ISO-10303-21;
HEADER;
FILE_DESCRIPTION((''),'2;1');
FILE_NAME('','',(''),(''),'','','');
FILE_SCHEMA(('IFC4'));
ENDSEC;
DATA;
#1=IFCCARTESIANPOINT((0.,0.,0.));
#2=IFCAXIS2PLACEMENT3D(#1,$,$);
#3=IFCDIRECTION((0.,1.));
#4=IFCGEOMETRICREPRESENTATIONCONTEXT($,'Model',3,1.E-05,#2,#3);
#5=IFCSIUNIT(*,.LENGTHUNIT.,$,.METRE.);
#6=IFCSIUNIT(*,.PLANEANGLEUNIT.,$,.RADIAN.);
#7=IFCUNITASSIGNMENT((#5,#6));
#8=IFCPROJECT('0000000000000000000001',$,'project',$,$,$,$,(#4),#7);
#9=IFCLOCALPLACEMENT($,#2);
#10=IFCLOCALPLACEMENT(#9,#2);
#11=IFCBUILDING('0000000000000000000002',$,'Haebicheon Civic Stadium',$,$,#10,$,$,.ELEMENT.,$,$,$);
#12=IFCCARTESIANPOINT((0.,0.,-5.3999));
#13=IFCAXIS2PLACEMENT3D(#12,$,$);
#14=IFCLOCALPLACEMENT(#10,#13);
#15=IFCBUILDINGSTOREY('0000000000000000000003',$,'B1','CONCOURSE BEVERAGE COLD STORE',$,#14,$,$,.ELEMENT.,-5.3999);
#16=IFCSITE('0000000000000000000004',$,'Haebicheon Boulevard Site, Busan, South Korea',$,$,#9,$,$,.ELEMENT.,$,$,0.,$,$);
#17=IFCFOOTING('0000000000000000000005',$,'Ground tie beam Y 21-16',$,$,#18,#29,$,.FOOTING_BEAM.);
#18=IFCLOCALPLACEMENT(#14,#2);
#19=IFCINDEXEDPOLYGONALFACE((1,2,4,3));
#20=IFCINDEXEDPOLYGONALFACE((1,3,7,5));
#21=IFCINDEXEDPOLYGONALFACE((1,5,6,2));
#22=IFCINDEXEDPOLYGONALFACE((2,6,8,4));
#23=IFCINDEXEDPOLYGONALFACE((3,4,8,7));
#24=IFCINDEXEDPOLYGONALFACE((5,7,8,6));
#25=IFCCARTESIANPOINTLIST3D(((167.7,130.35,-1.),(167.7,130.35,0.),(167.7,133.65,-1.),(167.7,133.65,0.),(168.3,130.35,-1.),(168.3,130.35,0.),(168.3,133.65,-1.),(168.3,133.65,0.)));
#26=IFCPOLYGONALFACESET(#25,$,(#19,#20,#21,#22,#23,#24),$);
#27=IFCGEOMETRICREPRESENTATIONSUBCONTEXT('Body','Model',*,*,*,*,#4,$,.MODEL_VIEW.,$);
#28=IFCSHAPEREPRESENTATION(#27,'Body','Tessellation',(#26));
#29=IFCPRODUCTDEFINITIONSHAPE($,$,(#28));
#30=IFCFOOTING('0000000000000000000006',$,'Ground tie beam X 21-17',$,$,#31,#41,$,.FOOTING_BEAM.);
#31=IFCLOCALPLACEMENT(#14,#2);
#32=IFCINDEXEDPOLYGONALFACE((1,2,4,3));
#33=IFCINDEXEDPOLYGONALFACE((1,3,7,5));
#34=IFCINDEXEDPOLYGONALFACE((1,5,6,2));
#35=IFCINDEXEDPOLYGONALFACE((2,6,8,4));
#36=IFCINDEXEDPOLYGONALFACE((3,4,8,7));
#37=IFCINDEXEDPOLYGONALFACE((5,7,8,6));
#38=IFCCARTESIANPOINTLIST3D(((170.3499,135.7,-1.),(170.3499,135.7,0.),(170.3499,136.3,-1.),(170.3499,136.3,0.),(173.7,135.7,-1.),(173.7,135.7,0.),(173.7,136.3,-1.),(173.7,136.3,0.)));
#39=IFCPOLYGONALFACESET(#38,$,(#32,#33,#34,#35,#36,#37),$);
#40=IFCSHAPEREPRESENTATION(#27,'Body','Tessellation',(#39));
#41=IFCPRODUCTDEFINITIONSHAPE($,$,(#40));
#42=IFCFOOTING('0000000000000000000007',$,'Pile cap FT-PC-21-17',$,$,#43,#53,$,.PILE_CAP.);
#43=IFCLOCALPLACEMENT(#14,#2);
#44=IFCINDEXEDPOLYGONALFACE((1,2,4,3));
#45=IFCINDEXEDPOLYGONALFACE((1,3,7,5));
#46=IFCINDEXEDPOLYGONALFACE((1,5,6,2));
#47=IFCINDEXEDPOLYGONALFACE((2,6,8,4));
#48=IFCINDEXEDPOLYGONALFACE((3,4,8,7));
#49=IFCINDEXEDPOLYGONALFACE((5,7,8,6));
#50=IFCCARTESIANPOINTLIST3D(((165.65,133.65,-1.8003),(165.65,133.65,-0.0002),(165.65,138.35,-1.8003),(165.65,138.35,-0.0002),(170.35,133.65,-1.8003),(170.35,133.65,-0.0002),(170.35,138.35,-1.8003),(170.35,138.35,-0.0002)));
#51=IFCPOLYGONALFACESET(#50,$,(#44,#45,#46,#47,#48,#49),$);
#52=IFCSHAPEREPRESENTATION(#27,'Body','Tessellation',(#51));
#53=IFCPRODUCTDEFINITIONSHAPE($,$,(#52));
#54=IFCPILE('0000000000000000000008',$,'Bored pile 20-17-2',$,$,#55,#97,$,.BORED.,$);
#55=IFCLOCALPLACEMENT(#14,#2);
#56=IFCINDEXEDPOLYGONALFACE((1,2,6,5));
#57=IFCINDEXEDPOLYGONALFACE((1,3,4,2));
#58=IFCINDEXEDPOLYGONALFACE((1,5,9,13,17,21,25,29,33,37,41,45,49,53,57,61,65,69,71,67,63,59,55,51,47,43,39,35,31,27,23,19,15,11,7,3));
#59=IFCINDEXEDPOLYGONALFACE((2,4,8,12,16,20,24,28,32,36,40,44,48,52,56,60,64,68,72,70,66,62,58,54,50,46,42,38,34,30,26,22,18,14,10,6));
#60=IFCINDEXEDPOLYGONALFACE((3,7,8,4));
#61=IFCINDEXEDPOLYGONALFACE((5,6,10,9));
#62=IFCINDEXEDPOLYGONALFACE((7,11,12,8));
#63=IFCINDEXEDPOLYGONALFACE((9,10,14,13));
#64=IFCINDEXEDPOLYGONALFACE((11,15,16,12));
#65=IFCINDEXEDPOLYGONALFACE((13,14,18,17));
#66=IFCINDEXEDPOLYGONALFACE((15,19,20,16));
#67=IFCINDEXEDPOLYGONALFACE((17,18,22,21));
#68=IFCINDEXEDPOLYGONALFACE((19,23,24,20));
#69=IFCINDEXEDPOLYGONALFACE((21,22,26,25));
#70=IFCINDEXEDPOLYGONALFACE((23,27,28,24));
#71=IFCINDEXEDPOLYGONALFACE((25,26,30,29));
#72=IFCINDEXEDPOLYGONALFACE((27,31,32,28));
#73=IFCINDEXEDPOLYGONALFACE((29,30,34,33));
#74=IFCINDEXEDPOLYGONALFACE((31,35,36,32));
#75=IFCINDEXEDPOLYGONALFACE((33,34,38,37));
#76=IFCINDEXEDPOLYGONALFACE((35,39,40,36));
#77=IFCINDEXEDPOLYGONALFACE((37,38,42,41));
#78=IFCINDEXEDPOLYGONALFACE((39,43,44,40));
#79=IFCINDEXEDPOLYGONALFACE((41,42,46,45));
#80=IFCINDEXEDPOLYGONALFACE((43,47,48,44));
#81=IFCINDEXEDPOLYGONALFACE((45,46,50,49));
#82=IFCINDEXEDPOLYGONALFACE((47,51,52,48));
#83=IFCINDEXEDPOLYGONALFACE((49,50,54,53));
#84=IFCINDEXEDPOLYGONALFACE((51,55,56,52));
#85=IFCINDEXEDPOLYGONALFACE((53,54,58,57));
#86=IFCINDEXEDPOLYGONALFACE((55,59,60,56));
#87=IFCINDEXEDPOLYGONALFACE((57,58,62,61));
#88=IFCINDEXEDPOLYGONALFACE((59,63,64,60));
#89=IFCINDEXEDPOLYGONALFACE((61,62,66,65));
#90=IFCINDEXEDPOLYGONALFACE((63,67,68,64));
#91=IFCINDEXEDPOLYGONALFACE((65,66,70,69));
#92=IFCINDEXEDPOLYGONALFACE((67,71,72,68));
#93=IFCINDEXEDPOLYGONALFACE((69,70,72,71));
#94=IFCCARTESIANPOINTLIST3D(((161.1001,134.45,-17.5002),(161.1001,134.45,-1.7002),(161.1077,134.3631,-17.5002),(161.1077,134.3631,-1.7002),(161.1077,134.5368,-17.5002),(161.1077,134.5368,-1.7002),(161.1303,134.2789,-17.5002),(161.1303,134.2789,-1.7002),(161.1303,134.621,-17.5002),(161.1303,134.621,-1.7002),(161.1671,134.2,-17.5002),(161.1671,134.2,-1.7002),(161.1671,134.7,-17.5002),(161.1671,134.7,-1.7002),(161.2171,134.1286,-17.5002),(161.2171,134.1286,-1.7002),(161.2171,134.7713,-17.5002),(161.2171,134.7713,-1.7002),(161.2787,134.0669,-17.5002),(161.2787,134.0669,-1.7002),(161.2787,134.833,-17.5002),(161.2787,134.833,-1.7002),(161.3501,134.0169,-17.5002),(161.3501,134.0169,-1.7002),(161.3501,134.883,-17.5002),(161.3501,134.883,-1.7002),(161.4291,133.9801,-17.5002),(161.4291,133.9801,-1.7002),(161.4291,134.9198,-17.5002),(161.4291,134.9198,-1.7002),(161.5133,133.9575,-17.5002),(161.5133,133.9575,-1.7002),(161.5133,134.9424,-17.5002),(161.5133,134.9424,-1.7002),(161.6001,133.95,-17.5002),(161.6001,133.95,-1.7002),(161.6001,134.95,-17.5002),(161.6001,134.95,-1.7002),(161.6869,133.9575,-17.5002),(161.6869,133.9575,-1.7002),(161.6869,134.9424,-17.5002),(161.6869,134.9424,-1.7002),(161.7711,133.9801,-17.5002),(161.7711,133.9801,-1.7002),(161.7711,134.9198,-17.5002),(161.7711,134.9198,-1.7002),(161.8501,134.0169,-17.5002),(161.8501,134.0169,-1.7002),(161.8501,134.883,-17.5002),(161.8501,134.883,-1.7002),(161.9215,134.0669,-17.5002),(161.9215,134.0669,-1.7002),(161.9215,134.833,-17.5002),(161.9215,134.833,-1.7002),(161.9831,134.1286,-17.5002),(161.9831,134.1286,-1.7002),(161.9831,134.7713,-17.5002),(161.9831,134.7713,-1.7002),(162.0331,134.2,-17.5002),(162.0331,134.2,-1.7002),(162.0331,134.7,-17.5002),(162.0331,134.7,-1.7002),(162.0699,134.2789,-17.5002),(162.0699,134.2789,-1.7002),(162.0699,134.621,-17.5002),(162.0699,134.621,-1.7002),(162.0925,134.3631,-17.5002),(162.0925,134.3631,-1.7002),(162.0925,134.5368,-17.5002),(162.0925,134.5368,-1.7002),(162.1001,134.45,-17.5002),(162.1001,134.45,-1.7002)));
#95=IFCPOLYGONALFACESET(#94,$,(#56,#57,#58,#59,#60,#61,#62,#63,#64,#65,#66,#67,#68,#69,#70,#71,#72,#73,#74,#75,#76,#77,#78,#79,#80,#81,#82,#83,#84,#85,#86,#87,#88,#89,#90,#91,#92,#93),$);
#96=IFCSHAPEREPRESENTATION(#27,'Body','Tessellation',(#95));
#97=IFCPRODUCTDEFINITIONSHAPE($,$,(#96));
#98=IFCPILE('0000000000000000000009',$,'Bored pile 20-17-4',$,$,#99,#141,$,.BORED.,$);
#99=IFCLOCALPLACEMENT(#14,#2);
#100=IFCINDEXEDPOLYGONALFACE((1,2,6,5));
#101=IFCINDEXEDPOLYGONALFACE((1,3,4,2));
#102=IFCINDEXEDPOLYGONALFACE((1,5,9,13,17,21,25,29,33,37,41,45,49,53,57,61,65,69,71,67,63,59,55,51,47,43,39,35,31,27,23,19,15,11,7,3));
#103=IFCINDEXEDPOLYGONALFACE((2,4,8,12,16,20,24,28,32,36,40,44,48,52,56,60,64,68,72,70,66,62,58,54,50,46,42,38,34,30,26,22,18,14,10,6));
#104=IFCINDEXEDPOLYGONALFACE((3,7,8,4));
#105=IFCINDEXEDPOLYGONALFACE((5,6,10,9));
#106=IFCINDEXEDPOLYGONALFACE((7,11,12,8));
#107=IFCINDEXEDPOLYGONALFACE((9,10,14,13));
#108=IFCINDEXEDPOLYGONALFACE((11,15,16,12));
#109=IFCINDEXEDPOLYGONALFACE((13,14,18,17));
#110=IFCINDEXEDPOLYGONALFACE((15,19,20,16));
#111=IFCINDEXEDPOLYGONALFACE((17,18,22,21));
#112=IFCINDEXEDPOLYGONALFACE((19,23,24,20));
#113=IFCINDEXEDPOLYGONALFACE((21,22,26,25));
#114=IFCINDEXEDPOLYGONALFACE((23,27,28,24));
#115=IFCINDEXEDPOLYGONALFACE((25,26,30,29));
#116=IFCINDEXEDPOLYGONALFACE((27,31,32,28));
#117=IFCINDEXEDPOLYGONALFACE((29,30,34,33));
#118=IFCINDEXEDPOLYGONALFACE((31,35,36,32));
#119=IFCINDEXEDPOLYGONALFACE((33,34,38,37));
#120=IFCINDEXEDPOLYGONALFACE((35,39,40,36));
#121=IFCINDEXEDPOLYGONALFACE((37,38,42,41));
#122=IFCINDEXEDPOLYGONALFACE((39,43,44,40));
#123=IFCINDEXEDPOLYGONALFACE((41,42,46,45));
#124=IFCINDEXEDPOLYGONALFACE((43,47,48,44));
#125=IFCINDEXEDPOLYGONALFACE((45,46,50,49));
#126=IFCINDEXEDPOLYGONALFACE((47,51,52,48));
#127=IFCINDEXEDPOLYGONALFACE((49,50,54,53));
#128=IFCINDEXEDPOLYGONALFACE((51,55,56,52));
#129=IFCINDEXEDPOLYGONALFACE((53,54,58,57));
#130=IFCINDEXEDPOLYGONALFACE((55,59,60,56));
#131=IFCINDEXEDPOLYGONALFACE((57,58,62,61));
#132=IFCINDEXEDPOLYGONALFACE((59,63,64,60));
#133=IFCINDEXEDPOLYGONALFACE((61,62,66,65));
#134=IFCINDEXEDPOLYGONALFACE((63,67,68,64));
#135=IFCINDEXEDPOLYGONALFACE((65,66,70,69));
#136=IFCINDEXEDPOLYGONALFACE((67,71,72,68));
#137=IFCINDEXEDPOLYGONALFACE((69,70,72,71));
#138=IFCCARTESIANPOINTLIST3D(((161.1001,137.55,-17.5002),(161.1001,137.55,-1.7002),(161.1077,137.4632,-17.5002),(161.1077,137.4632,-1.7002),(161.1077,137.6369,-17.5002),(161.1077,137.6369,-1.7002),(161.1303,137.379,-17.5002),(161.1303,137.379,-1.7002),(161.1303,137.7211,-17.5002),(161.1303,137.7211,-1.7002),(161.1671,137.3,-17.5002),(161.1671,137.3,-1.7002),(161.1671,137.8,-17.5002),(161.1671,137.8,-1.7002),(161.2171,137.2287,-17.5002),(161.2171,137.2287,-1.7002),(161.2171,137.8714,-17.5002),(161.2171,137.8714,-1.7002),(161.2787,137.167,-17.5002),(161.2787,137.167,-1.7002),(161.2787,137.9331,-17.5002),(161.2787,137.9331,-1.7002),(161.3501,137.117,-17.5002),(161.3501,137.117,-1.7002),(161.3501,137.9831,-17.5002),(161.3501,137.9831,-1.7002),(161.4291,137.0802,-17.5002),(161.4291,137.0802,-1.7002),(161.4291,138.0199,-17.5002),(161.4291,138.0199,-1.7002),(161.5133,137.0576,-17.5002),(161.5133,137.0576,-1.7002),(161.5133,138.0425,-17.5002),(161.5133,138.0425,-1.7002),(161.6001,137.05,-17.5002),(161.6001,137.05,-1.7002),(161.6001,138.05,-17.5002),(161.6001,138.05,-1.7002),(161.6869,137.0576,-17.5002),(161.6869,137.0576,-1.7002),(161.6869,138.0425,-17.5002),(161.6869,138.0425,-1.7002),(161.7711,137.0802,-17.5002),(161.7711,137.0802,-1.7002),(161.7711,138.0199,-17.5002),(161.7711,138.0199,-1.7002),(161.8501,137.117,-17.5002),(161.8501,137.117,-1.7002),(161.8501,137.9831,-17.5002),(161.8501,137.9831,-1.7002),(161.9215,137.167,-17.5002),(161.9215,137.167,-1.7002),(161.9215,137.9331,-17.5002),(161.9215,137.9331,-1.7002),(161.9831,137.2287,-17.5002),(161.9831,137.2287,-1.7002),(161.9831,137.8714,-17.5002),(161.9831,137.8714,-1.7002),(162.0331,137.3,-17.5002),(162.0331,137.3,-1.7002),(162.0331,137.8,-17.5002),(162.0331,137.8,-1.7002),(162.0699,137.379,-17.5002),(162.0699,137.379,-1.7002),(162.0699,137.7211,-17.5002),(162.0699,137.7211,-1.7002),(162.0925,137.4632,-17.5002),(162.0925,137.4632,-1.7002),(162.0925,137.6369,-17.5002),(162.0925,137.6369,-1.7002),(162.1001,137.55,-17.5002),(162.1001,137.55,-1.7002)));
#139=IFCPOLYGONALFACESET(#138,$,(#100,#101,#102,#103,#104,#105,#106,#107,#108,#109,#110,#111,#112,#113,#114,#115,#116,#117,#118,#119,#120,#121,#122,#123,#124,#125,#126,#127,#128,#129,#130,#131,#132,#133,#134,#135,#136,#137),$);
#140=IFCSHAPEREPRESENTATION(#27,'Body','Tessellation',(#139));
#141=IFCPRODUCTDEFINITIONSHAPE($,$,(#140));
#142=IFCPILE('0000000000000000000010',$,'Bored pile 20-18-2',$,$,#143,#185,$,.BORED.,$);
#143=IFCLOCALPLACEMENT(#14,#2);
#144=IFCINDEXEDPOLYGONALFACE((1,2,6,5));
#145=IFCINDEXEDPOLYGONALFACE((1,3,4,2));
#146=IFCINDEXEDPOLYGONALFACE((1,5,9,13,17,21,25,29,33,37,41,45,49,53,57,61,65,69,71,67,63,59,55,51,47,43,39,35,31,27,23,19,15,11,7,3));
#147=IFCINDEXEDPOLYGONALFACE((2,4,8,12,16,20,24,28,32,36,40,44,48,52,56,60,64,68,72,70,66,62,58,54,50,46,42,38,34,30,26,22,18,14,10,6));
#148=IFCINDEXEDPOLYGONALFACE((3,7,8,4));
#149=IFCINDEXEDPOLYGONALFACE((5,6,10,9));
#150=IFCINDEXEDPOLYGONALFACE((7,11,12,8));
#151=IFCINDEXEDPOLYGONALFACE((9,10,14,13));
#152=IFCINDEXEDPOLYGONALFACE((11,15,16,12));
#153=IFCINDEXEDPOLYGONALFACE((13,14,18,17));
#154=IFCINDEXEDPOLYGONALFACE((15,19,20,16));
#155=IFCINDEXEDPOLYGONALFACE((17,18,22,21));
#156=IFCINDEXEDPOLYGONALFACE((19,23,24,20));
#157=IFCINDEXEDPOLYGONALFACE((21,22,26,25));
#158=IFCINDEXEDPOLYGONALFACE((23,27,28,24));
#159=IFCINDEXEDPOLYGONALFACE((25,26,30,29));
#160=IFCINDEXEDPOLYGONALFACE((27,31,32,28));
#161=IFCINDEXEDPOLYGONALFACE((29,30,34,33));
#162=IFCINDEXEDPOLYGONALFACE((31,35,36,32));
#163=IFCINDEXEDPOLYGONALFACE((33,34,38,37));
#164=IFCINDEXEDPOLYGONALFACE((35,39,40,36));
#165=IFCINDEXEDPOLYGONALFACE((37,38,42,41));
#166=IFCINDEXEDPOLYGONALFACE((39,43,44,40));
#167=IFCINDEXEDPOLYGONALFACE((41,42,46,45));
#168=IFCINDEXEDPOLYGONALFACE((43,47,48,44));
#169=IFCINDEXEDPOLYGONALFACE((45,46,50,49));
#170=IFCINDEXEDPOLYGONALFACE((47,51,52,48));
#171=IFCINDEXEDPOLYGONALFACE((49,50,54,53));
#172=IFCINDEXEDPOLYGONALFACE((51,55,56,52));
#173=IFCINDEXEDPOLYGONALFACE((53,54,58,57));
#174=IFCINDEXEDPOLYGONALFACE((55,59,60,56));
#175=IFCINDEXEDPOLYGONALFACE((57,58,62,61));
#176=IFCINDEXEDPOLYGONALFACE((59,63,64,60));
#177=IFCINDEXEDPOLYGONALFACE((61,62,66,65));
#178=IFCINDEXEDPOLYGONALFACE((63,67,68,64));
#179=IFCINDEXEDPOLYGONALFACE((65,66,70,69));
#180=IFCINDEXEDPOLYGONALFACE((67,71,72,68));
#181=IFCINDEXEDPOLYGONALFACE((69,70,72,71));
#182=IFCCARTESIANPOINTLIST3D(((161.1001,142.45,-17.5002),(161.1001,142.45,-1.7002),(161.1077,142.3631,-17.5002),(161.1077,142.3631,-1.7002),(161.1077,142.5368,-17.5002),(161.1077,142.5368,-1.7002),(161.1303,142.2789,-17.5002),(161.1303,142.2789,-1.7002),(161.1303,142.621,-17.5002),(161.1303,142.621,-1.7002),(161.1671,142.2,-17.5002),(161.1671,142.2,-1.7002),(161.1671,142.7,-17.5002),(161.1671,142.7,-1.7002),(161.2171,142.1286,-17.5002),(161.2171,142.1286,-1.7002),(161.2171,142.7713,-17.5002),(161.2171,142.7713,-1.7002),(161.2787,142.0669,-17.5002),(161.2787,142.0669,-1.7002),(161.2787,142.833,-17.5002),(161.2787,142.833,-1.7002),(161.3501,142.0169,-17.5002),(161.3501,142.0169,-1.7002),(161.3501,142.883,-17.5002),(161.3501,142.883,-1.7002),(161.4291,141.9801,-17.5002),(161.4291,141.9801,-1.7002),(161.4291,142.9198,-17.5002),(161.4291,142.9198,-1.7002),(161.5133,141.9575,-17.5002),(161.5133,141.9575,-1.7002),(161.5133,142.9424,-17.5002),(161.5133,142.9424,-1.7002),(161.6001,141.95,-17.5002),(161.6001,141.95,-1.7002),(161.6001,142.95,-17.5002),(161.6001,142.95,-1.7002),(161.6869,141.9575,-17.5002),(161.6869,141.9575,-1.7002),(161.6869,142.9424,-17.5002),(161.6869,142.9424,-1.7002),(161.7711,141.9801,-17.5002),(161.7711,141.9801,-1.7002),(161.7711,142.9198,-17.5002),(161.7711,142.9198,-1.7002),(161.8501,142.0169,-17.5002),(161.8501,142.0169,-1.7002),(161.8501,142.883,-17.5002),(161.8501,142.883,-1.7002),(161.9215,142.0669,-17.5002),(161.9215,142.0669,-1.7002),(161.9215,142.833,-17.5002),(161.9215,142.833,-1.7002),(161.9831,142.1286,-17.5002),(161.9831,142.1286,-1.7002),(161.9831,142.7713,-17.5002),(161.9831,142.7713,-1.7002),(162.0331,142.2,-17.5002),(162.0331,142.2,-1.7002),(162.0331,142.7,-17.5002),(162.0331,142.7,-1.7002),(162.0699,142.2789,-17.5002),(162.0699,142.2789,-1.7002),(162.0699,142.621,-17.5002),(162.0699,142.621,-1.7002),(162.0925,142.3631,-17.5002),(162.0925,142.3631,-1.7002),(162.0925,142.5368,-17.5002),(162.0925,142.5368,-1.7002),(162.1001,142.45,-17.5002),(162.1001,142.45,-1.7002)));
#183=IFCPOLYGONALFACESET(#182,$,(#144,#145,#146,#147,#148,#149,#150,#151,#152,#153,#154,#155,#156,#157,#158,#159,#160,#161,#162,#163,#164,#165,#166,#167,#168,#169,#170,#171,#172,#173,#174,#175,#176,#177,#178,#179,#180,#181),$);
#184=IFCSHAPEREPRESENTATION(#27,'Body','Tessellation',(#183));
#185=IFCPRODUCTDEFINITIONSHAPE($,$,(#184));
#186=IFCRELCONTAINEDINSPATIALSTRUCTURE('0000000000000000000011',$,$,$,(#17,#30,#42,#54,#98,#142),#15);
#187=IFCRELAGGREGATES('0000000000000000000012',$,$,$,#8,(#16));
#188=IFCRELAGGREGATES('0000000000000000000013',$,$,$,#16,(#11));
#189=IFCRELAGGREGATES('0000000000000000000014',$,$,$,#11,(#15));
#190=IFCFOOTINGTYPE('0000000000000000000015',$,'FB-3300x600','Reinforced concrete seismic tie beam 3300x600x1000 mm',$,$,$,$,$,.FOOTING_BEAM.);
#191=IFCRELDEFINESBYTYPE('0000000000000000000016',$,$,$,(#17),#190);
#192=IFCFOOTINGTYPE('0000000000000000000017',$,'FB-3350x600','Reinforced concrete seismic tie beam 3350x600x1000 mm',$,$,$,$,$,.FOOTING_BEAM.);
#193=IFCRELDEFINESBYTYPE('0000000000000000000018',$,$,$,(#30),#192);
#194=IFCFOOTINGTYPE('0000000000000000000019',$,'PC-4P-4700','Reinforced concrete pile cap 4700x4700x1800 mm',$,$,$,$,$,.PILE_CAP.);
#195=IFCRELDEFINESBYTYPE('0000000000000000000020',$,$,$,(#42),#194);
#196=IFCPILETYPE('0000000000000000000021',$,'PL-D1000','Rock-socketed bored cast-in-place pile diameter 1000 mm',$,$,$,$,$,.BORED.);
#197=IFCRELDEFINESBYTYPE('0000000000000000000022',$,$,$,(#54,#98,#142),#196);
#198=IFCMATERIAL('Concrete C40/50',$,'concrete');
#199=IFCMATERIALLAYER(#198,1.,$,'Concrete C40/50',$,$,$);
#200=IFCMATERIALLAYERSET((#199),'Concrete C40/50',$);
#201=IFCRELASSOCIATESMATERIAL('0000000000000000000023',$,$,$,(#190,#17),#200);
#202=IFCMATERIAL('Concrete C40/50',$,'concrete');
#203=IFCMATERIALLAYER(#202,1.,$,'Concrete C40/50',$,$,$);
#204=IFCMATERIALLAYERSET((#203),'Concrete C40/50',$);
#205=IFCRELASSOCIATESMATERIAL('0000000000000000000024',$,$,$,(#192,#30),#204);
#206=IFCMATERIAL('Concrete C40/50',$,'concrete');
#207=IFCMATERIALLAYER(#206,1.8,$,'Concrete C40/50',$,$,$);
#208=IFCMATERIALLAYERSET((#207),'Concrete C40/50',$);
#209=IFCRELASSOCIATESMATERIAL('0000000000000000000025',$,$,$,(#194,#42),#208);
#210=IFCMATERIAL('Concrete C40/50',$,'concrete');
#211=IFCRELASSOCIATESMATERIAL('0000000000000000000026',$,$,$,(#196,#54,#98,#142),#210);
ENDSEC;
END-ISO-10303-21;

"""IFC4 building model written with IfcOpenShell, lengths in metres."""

from ifc_helpers import new_model, si_unit, direction, frame, origin, origin_2d, place, context, subcontext, project, spatial, rectangle, circle, extrude, material, layer, layer_set, material_profile, profile_set, type_object, element, save


model = new_model("IFC4")

# Units and contexts
model_context = context("Model", 3, precision=1e-05, world=origin(), true_north=direction((0.0, 1.0)))
body_context = subcontext(model_context, "Body", "Model", "MODEL_VIEW")
ifc_project = project(units=[si_unit("LENGTHUNIT", "METRE"), si_unit("PLANEANGLEUNIT", "RADIAN")], contexts=[model_context])

# Site, building, storey
site_placement = place(None, origin())
site = spatial("IfcSite", under=ifc_project, at=site_placement, Name="Haebicheon Boulevard Site, Busan, South Korea", CompositionType="ELEMENT", RefElevation=0.0)
building_placement = place(site_placement, origin())
building = spatial("IfcBuilding", under=site, at=building_placement, Name="Haebicheon Civic Stadium", CompositionType="ELEMENT")
storey_placement = place(building_placement, frame((0.0, 0.0, -5.3999)))
storey = spatial("IfcBuildingStorey", under=building, at=storey_placement, Name="B1", Description="CONCOURSE BEVERAGE COLD STORE", CompositionType="ELEMENT", Elevation=-5.3999)

# Footings
ifc_material_1 = material(Name="Concrete C40/50", Category="concrete")
ifc_layer_1 = layer(ifc_material_1, 1.0, Name="Concrete C40/50")
ifc_layer_set_1 = layer_set([ifc_layer_1], Name="Concrete C40/50")
footing_type_1 = type_object("IfcFootingType", Name="FB-3300x600", Description="Reinforced concrete seismic tie beam 3300x600x1000 mm", PredefinedType="FOOTING_BEAM", material=ifc_layer_set_1)
footing_1_placement = place(storey_placement, frame((168.0, 132.0, -1.0), z_axis=(0.0, 0.0, 1.0), x_axis=(0.0, 1.0, 0.0)))
element("IfcFooting", 1, at=footing_1_placement, inside=storey, type_object=footing_type_1, material=ifc_layer_set_1, Name="Ground tie beam Y 21-16", PredefinedType="FOOTING_BEAM", context=body_context, shape_type="SweptSolid", body=[
    extrude(rectangle(XDim=3.3, YDim=0.6001, at=origin_2d()), origin(), (0.0, 0.0, 1.0), 1.0),
])
ifc_material_2 = material(Name="Concrete C40/50", Category="concrete")
ifc_layer_2 = layer(ifc_material_2, 1.0, Name="Concrete C40/50")
ifc_layer_set_2 = layer_set([ifc_layer_2], Name="Concrete C40/50")
footing_type_2 = type_object("IfcFootingType", Name="FB-3350x600", Description="Reinforced concrete seismic tie beam 3350x600x1000 mm", PredefinedType="FOOTING_BEAM", material=ifc_layer_set_2)
footing_2_placement = place(storey_placement, frame((172.0249, 136.0, -1.0), z_axis=(0.0, 0.0, 1.0), x_axis=(1.0, 0.0, 0.0)))
element("IfcFooting", 2, at=footing_2_placement, inside=storey, type_object=footing_type_2, material=ifc_layer_set_2, Name="Ground tie beam X 21-17", PredefinedType="FOOTING_BEAM", context=body_context, shape_type="SweptSolid", body=[
    extrude(rectangle(XDim=3.3501, YDim=0.6001, at=origin_2d()), origin(), (0.0, 0.0, 1.0), 1.0),
])
ifc_material_3 = material(Name="Concrete C40/50", Category="concrete")
ifc_layer_3 = layer(ifc_material_3, 1.8, Name="Concrete C40/50")
ifc_layer_set_3 = layer_set([ifc_layer_3], Name="Concrete C40/50")
footing_type_3 = type_object("IfcFootingType", Name="PC-4P-4700", Description="Reinforced concrete pile cap 4700x4700x1800 mm", PredefinedType="PILE_CAP", material=ifc_layer_set_3)
footing_3_placement = place(storey_placement, frame((168.0, 136.0, -1.8003), z_axis=(0.0, 0.0, 1.0), x_axis=(1.0, 0.0, 0.0)))
element("IfcFooting", 3, at=footing_3_placement, inside=storey, type_object=footing_type_3, material=ifc_layer_set_3, Name="Pile cap FT-PC-21-17", PredefinedType="PILE_CAP", context=body_context, shape_type="SweptSolid", body=[
    extrude(rectangle(XDim=4.7, YDim=4.7, at=origin_2d()), origin(), (0.0, 0.0, 1.0), 1.8),
])

# Piles
ifc_material_4 = material(Name="Concrete C40/50", Category="concrete")
ifc_material_profile_1 = material_profile(ifc_material_4, circle(Radius=0.5, at=origin_2d()), Name="PILE-D1000")
ifc_profile_set_1 = profile_set([ifc_material_profile_1], Name="Concrete C40/50")
pile_type_1 = type_object("IfcPileType", Name="PL-D1000", Description="Rock-socketed bored cast-in-place pile diameter 1000 mm", PredefinedType="BORED", material=ifc_profile_set_1)
for number, where, z_axis, x_axis, name in (
    (4, (161.6001, 134.45, -1.7002), (0.0, 0.0, -1.0), (1.0, 0.0, 0.0), "Bored pile 20-17-2"),
    (5, (161.6001, 137.55, -1.7002), (0.0, 0.0, -1.0), (1.0, 0.0, 0.0), "Bored pile 20-17-4"),
    (6, (161.6001, 142.45, -1.7002), (0.0, 0.0, -1.0), (1.0, 0.0, 0.0), "Bored pile 20-18-2"),
):
    element("IfcPile", number, at=place(storey_placement, frame(where, z_axis=z_axis, x_axis=x_axis)), inside=storey, type_object=pile_type_1, material=ifc_profile_set_1, Name=name, PredefinedType="BORED", context=body_context, shape_type="SweptSolid", body=[
        extrude(circle(Radius=0.5, at=origin_2d()), origin(), (0.0, 0.0, 1.0), 15.8),
    ])

save(model, "model.ifc")
